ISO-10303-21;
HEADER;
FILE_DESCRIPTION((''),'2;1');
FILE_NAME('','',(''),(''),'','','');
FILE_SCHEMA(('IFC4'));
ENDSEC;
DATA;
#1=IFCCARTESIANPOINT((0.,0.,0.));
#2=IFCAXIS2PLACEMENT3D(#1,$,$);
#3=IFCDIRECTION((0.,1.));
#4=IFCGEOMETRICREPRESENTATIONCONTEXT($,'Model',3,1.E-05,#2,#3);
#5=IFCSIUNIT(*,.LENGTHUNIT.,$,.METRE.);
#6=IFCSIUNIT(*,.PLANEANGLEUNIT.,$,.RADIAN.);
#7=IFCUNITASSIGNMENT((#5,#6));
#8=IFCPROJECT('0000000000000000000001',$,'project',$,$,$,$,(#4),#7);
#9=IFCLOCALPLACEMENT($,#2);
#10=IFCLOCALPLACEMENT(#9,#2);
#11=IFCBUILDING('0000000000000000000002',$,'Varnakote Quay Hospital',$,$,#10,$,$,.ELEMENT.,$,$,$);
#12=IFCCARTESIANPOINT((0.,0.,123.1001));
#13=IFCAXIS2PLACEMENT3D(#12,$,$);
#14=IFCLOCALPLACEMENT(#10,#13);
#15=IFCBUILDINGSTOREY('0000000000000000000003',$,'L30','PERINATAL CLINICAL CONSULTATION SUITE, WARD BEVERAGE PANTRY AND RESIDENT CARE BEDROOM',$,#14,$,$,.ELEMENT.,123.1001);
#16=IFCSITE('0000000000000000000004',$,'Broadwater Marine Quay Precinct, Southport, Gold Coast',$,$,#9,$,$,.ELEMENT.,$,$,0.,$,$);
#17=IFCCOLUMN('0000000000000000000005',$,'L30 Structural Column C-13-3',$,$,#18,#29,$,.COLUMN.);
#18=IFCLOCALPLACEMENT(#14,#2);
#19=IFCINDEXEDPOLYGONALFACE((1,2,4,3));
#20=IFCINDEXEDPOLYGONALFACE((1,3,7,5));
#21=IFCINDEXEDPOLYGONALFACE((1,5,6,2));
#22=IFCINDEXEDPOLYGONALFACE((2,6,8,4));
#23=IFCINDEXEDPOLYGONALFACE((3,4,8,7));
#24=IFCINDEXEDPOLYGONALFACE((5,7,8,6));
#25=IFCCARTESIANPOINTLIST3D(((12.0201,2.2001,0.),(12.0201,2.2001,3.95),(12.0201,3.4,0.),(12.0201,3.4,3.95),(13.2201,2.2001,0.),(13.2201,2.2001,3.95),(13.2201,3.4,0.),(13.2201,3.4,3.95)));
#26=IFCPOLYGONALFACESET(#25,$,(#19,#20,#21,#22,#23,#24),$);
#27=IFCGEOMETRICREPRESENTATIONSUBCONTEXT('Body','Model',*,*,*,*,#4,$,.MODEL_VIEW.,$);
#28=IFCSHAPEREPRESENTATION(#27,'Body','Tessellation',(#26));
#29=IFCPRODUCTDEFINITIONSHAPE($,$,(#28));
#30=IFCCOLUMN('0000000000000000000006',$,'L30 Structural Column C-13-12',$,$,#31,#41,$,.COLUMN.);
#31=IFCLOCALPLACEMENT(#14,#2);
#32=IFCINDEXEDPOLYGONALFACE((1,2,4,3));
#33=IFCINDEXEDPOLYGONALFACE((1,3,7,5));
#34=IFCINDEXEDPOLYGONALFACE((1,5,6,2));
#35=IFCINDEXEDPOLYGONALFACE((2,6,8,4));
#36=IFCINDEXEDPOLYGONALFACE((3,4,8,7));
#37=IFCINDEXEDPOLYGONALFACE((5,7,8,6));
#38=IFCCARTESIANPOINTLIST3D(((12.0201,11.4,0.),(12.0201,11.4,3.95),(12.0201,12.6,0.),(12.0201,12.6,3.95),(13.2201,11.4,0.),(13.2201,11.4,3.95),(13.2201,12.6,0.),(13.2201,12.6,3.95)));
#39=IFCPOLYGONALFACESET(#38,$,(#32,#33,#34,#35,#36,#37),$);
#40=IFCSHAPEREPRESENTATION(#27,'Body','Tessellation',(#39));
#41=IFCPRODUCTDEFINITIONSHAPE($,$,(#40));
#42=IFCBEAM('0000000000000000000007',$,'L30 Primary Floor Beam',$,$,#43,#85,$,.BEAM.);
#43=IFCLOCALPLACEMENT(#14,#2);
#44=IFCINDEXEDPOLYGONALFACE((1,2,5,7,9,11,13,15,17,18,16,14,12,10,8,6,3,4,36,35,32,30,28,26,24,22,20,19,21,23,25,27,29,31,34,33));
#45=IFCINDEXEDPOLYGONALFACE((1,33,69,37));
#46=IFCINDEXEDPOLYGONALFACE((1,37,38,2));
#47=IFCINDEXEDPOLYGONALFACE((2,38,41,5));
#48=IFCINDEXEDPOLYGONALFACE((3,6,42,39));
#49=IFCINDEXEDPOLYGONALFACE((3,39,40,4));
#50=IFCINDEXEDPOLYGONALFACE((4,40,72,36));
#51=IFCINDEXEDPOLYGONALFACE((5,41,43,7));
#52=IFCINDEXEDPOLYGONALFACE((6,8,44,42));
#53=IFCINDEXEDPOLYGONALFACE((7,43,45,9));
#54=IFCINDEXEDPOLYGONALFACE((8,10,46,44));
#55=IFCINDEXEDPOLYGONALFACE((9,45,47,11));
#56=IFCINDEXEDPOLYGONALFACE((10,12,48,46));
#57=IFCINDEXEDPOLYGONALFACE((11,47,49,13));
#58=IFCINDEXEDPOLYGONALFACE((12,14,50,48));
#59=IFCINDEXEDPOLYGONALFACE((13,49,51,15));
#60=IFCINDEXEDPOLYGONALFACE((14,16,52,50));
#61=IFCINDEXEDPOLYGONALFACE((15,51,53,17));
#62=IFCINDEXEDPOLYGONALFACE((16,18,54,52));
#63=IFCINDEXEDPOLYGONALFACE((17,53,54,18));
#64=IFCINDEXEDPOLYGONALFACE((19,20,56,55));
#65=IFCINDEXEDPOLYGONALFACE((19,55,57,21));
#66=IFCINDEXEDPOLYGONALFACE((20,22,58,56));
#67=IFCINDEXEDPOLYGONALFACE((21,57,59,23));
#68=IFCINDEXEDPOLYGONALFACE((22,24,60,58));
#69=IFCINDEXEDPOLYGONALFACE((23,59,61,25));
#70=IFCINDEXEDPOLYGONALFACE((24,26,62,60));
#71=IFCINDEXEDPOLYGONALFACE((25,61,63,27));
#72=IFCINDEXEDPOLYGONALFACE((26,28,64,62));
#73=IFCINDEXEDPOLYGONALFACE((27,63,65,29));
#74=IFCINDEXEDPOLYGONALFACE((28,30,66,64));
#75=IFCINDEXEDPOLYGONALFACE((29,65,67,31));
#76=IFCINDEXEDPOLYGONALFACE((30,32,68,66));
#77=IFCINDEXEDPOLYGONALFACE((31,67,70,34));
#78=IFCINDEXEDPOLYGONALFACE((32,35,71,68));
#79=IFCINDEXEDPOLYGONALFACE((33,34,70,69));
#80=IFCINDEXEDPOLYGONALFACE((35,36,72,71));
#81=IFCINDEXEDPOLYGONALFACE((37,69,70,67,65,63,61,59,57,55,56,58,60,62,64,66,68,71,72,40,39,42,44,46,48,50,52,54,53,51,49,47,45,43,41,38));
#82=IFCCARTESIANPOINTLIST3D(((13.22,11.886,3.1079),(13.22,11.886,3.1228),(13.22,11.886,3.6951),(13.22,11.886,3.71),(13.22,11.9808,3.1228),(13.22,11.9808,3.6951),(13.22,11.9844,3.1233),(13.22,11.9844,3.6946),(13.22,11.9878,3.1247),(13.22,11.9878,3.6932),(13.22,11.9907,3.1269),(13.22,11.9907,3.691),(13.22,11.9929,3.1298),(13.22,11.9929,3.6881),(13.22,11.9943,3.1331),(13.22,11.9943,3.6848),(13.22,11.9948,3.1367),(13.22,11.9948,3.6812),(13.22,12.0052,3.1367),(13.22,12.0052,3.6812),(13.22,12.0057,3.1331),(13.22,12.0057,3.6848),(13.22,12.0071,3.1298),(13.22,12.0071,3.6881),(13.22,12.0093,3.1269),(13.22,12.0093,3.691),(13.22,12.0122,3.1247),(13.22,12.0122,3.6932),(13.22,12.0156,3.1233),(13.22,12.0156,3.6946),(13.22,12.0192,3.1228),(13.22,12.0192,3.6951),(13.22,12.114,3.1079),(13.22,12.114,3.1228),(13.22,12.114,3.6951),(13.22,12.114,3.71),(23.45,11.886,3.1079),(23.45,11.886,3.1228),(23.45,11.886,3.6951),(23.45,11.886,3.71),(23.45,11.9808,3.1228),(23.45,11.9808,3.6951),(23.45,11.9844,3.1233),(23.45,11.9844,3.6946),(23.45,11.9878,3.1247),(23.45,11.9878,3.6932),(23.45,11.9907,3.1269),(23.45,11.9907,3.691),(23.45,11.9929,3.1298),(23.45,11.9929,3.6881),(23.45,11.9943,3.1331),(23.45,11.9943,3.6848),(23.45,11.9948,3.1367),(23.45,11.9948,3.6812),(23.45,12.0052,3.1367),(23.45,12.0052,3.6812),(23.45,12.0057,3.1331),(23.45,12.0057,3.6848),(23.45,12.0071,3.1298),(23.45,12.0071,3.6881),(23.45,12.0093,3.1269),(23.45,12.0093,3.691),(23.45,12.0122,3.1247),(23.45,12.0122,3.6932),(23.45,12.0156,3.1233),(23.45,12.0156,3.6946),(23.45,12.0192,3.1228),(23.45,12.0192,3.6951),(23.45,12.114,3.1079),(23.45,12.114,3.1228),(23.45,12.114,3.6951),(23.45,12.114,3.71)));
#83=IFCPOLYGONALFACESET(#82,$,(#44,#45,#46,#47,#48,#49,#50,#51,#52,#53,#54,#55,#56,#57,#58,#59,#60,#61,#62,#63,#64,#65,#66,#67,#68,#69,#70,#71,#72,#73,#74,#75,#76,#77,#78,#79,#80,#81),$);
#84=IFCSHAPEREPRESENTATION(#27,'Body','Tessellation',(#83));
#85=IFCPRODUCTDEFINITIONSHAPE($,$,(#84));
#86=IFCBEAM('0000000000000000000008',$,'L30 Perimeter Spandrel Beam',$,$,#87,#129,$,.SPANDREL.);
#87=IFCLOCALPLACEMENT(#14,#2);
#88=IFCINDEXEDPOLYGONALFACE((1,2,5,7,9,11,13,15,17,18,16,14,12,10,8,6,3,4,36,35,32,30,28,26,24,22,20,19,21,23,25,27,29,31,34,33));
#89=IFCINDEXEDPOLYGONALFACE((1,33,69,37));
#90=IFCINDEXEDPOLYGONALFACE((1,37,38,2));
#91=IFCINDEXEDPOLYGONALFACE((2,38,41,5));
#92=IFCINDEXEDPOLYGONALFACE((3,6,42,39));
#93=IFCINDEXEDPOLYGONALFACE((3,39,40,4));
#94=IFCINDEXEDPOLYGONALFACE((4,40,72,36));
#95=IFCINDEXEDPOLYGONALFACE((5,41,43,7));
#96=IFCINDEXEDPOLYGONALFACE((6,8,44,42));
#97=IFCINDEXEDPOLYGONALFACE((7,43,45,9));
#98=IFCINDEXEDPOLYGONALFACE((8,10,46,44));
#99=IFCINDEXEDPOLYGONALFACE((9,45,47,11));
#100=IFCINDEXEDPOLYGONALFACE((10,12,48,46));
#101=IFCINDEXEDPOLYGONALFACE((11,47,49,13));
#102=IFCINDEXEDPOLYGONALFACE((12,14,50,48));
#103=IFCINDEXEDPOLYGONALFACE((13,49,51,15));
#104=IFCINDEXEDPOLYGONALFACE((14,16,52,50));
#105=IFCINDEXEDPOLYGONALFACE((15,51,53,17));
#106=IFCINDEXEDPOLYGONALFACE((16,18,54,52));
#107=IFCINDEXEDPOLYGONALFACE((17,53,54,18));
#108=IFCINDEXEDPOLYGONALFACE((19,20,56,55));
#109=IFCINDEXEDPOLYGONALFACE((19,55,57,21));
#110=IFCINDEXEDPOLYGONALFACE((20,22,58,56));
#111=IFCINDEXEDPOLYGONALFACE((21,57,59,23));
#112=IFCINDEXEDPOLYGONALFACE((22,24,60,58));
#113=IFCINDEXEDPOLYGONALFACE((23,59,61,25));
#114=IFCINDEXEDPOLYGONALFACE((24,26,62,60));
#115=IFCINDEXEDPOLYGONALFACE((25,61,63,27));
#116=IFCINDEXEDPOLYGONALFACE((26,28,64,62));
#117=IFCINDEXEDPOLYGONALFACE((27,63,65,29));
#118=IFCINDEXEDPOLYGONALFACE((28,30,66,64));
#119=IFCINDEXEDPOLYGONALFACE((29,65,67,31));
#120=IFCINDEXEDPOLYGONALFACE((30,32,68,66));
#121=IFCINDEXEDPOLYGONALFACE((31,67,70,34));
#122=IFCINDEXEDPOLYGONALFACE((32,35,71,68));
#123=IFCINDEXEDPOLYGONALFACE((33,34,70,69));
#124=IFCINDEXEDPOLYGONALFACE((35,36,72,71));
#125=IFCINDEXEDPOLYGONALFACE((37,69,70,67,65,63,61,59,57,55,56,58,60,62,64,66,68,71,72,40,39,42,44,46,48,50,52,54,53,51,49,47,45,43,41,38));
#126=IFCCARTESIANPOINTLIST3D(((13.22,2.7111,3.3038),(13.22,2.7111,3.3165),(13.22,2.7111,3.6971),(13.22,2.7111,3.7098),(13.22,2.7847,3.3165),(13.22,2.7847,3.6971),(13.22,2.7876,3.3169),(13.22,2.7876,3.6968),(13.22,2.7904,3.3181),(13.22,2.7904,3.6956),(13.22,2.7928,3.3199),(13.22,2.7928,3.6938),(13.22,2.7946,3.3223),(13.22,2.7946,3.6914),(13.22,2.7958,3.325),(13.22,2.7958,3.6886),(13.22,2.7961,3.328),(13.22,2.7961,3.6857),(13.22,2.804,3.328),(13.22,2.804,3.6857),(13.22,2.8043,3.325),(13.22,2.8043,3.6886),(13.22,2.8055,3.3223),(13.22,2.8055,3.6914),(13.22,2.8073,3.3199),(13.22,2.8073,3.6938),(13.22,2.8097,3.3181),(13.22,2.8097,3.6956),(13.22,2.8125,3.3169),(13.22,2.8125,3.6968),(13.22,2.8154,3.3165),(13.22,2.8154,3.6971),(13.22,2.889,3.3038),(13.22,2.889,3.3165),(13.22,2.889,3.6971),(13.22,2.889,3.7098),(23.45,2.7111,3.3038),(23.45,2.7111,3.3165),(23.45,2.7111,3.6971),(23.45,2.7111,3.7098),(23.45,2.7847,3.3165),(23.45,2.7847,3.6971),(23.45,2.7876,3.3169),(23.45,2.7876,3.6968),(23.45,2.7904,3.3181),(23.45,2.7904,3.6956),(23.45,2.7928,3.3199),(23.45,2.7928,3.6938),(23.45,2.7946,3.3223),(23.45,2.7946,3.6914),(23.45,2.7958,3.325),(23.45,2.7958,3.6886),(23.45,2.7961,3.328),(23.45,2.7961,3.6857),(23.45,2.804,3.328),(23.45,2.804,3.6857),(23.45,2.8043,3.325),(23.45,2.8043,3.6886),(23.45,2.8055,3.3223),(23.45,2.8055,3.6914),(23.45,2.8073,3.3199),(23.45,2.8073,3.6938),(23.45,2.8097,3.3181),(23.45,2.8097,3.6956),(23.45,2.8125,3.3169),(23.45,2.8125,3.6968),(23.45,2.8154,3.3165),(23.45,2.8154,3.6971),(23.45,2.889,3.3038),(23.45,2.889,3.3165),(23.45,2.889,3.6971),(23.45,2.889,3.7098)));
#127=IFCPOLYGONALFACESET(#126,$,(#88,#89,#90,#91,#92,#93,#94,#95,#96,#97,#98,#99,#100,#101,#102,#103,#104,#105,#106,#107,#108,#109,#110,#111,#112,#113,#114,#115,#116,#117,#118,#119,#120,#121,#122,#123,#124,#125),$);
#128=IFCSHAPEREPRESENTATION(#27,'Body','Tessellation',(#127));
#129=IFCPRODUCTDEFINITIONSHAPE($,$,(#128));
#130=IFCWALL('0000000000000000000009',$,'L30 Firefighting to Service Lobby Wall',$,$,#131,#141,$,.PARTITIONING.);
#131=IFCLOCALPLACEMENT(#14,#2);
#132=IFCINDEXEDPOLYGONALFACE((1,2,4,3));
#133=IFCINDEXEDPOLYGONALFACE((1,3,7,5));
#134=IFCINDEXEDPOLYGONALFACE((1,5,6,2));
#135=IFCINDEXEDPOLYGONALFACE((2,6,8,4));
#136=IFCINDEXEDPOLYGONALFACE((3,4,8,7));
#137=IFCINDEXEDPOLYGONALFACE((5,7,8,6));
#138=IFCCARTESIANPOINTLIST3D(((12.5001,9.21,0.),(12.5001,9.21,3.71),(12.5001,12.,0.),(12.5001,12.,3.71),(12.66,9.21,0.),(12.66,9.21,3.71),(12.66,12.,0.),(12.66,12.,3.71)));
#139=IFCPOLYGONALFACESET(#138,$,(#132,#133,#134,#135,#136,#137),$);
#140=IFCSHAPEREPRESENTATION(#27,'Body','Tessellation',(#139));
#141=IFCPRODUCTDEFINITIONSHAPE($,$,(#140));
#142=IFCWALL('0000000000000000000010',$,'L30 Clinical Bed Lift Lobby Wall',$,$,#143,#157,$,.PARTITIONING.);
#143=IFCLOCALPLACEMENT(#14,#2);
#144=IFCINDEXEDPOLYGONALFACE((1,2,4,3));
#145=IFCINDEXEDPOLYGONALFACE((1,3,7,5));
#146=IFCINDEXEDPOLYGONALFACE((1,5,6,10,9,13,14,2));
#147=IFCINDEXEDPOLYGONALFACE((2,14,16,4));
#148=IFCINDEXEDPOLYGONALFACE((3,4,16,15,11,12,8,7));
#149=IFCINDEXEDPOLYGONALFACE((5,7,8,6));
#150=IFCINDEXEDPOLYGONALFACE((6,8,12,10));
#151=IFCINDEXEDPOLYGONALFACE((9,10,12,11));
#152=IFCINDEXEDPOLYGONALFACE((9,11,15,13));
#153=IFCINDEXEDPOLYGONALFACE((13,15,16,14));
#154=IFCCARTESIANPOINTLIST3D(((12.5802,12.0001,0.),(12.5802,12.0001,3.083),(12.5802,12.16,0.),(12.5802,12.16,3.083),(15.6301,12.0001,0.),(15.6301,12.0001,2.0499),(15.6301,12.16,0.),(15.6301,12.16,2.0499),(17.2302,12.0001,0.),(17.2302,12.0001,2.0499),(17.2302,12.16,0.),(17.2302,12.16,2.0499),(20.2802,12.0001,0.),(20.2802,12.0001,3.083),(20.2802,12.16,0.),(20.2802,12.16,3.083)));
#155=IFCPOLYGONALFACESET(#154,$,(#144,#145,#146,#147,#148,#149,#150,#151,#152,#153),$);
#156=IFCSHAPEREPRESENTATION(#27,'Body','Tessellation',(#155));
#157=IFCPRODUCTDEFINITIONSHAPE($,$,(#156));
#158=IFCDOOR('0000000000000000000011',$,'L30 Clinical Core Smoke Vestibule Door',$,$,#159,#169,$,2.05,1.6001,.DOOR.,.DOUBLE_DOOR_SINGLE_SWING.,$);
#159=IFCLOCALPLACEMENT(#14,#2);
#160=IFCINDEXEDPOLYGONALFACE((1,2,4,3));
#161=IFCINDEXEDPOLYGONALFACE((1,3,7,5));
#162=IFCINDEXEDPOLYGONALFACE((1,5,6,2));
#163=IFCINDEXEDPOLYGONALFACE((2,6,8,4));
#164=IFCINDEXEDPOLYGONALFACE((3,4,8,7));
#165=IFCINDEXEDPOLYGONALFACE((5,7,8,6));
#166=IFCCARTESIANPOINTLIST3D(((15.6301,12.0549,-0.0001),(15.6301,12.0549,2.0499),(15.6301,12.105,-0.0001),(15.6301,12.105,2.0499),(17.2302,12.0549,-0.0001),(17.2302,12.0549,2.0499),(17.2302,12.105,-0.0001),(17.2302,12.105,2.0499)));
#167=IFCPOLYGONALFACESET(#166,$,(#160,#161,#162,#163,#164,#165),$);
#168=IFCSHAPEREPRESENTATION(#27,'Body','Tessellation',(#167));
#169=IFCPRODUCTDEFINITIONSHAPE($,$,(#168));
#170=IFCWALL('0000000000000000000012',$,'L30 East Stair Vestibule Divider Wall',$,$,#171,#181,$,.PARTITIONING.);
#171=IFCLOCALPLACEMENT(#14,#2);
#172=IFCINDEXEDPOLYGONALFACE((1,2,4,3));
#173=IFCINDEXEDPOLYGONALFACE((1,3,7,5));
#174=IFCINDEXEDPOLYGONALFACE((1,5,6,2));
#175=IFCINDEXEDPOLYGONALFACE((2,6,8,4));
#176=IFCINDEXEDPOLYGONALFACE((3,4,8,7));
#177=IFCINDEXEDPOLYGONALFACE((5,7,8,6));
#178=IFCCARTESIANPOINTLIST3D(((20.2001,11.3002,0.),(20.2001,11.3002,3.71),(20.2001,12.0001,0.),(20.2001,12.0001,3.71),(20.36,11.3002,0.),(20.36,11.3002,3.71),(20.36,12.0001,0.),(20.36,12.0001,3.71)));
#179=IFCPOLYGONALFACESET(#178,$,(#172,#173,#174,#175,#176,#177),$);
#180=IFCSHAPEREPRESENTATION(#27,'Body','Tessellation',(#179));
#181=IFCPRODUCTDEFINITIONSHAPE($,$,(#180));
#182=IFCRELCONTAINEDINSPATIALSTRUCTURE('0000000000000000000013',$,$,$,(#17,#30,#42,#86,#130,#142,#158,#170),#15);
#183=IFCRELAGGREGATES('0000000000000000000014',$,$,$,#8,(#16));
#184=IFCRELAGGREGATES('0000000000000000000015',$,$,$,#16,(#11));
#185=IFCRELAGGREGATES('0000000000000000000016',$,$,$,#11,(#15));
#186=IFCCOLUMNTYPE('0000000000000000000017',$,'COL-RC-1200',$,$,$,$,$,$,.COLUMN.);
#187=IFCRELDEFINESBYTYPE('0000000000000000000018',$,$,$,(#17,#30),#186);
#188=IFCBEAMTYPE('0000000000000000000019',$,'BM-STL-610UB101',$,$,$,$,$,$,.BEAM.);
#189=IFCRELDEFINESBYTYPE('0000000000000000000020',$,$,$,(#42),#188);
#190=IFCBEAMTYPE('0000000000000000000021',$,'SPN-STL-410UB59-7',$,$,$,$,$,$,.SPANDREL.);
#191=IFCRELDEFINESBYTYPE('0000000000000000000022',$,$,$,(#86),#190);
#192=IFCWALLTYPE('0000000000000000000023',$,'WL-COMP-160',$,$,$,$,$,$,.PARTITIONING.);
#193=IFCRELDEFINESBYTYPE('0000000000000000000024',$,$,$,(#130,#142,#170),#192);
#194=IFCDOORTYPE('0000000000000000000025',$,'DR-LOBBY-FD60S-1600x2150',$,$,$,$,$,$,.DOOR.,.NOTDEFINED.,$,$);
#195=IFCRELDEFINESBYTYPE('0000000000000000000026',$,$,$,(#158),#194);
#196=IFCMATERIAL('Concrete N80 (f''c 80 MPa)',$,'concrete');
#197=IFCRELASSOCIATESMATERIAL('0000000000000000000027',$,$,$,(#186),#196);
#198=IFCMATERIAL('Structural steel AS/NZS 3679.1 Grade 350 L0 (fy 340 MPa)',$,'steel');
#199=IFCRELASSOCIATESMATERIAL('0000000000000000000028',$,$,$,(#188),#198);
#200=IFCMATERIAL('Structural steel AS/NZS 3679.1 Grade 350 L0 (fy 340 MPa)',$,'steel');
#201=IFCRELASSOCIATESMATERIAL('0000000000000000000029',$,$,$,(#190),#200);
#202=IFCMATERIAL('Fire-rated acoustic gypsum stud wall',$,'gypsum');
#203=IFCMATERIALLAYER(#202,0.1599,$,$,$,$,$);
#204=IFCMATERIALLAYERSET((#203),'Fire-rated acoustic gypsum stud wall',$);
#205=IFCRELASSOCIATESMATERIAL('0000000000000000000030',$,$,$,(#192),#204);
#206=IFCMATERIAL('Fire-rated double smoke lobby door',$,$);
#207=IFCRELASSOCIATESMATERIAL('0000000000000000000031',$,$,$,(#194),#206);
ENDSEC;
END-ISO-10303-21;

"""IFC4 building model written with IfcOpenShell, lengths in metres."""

from ifc_helpers import new_model, si_unit, direction, frame, frame_2d, origin, origin_2d, place, context, subcontext, project, spatial, rectangle, i_section, extrude, material, layer, layer_set, material_profile, profile_set, type_object, element, fill, save


model = new_model("IFC4")

# Units and contexts
model_context = context("Model", 3, precision=1e-05, world=origin(), true_north=direction((0.0, 1.0)))
body_context = subcontext(model_context, "Body", "Model", "MODEL_VIEW")
ifc_project = project(units=[si_unit("LENGTHUNIT", "METRE"), si_unit("PLANEANGLEUNIT", "RADIAN")], contexts=[model_context])

# Site, building, storey
site_placement = place(None, origin())
site = spatial("IfcSite", under=ifc_project, at=site_placement, Name="Broadwater Marine Quay Precinct, Southport, Gold Coast", CompositionType="ELEMENT", RefElevation=0.0)
building_placement = place(site_placement, origin())
building = spatial("IfcBuilding", under=site, at=building_placement, Name="Varnakote Quay Hospital", CompositionType="ELEMENT")
storey_placement = place(building_placement, frame((0.0, 0.0, 123.1001)))
storey = spatial("IfcBuildingStorey", under=building, at=storey_placement, Name="L30", Description="PERINATAL CLINICAL CONSULTATION SUITE, WARD BEVERAGE PANTRY AND RESIDENT CARE BEDROOM", CompositionType="ELEMENT", Elevation=123.1001)

# Columns
ifc_material_1 = material(Name="Concrete N80 (f'c 80 MPa)", Category="concrete")
ifc_material_profile_1 = material_profile(ifc_material_1, rectangle(XDim=1.2, YDim=1.2, at=origin_2d()), Name="RC-COL-1200x1200")
ifc_profile_set_1 = profile_set([ifc_material_profile_1], Name="Concrete N80 (f'c 80 MPa)")
column_type = type_object("IfcColumnType", Name="COL-RC-1200", PredefinedType="COLUMN", material=ifc_profile_set_1)
for number, where, z_axis, x_axis, name in (
    (1, (12.6201, 2.8, 0.0), (0.0, 0.0, 1.0), (1.0, 0.0, 0.0), "L30 Structural Column C-13-3"),
    (2, (12.6201, 12.0, 0.0), (0.0, 0.0, 1.0), (1.0, 0.0, 0.0), "L30 Structural Column C-13-12"),
):
    element("IfcColumn", number, at=place(storey_placement, frame(where, z_axis=z_axis, x_axis=x_axis)), inside=storey, type_object=column_type, Name=name, PredefinedType="COLUMN", context=body_context, shape_type="SweptSolid", body=[
        extrude(rectangle(XDim=1.2, YDim=1.2, at=origin_2d()), origin(), (0.0, 0.0, 1.0), 3.95),
    ])

# Beams
ifc_material_2 = material(Name="Structural steel AS/NZS 3679.1 Grade 350 L0 (fy 340 MPa)", Category="steel")
ifc_material_profile_2 = material_profile(ifc_material_2, i_section(OverallWidth=0.228, OverallDepth=0.6021, WebThickness=0.0105, FlangeThickness=0.0149, FilletRadius=0.0139, at=origin_2d()), Name="610UB101")
ifc_profile_set_2 = profile_set([ifc_material_profile_2], Name="Structural steel AS/NZS 3679.1 Grade 350 L0 (fy 340 MPa)")
beam_type_1 = type_object("IfcBeamType", Name="BM-STL-610UB101", PredefinedType="BEAM", material=ifc_profile_set_2)
beam_1_placement = place(storey_placement, frame((13.22, 12.0, 3.4089), z_axis=(1.0, 0.0, 0.0), x_axis=(0.0, 1.0, 0.0)))
element("IfcBeam", 3, at=beam_1_placement, inside=storey, type_object=beam_type_1, Name="L30 Primary Floor Beam", PredefinedType="BEAM", context=body_context, shape_type="SweptSolid", body=[
    extrude(i_section(OverallWidth=0.228, OverallDepth=0.6021, WebThickness=0.0105, FlangeThickness=0.0149, FilletRadius=0.0139, at=origin_2d()), origin(), (0.0, 0.0, 1.0), 10.23),
])
ifc_material_3 = material(Name="Structural steel AS/NZS 3679.1 Grade 350 L0 (fy 340 MPa)", Category="steel")
ifc_material_profile_3 = material_profile(ifc_material_3, i_section(OverallWidth=0.178, OverallDepth=0.406, WebThickness=0.0078, FlangeThickness=0.0127, FilletRadius=0.0115, at=origin_2d()), Name="410UB59.7")
ifc_profile_set_3 = profile_set([ifc_material_profile_3], Name="Structural steel AS/NZS 3679.1 Grade 350 L0 (fy 340 MPa)")
beam_type_2 = type_object("IfcBeamType", Name="SPN-STL-410UB59-7", PredefinedType="SPANDREL", material=ifc_profile_set_3)
beam_2_placement = place(storey_placement, frame((13.22, 2.8, 3.5068), z_axis=(1.0, 0.0, 0.0), x_axis=(0.0, 1.0, 0.0)))
element("IfcBeam", 4, at=beam_2_placement, inside=storey, type_object=beam_type_2, Name="L30 Perimeter Spandrel Beam", PredefinedType="SPANDREL", context=body_context, shape_type="SweptSolid", body=[
    extrude(i_section(OverallWidth=0.178, OverallDepth=0.406, WebThickness=0.0078, FlangeThickness=0.0127, FilletRadius=0.0115, at=origin_2d()), origin(), (0.0, 0.0, 1.0), 10.23),
])

# Wall
ifc_material_4 = material(Name="Fire-rated acoustic gypsum stud wall", Category="gypsum")
ifc_layer_1 = layer(ifc_material_4, 0.1599)
ifc_layer_set_1 = layer_set([ifc_layer_1], Name="Fire-rated acoustic gypsum stud wall")
wall_type_1 = type_object("IfcWallType", Name="WL-COMP-160", PredefinedType="PARTITIONING", material=ifc_layer_set_1)
wall_1_placement = place(storey_placement, frame((12.5801, 9.21, 0.0), z_axis=(0.0, 0.0, 1.0), x_axis=(0.0, 1.0, 0.0)))
element("IfcWall", 5, at=wall_1_placement, inside=storey, type_object=wall_type_1, Name="L30 Firefighting to Service Lobby Wall", PredefinedType="PARTITIONING", context=body_context, shape_type="SweptSolid", body=[
    extrude(rectangle(XDim=2.79, YDim=0.1599, at=frame_2d((1.395, 0.0))), origin(), (0.0, 0.0, 1.0), 3.71),
])

# Wall, opening, door
wall_2_placement = place(storey_placement, frame((12.5801, 12.0801, 0.0), z_axis=(0.0, 0.0, 1.0), x_axis=(1.0, 0.0, 0.0)))
wall_2 = element("IfcWall", 6, at=wall_2_placement, inside=storey, type_object=wall_type_1, Name="L30 Clinical Bed Lift Lobby Wall", PredefinedType="PARTITIONING", context=body_context, shape_type="SweptSolid", body=[
    extrude(rectangle(XDim=7.7, YDim=0.1599, at=frame_2d((3.8501, 0.0))), origin(), (0.0, 0.0, 1.0), 3.083),
])
opening_1_placement = place(wall_2_placement, frame((3.05, 0.0, 0.0)))
opening_1 = element("IfcOpeningElement", 7, at=opening_1_placement, cuts=wall_2, PredefinedType="OPENING", context=body_context, shape_type="SweptSolid", body=[
    extrude(rectangle(XDim=1.6001, YDim=2.05, at=frame_2d((0.8, 1.0249))), frame((0.0, 0.0898, 0.0), z_axis=(0.0, -1.0, 0.0), x_axis=(1.0, 0.0, 0.0)), (0.0, 0.0, 1.0), 0.1799),
])
ifc_material_5 = material(Name="Fire-rated double smoke lobby door")
door_type_1 = type_object("IfcDoorType", Name="DR-LOBBY-FD60S-1600x2150", OperationType="NOTDEFINED", PredefinedType="DOOR", material=ifc_material_5)
door_1_placement = place(opening_1_placement, origin())
door_1 = element("IfcDoor", 8, at=door_1_placement, inside=storey, type_object=door_type_1, Name="L30 Clinical Core Smoke Vestibule Door", OperationType="DOUBLE_DOOR_SINGLE_SWING", OverallHeight=2.05, OverallWidth=1.6001, PredefinedType="DOOR", context=body_context, shape_type="SweptSolid", body=[
    extrude(rectangle(XDim=1.6001, YDim=2.05, at=frame_2d((0.8, 1.0249))), frame((0.0, 0.0249, 0.0), z_axis=(0.0, -1.0, 0.0), x_axis=(1.0, 0.0, 0.0)), (0.0, 0.0, 1.0), 0.05),
])
fill(opening_1, door_1)

# Wall
wall_3_placement = place(storey_placement, frame((20.28, 11.3, 0.0), z_axis=(0.0, 0.0, 1.0), x_axis=(0.0, 1.0, 0.0)))
element("IfcWall", 9, at=wall_3_placement, inside=storey, type_object=wall_type_1, Name="L30 East Stair Vestibule Divider Wall", PredefinedType="PARTITIONING", context=body_context, shape_type="SweptSolid", body=[
    extrude(rectangle(XDim=0.7, YDim=0.1599, at=frame_2d((0.3501, 0.0))), origin(), (0.0, 0.0, 1.0), 3.71),
])

save(model, "model.ifc")
